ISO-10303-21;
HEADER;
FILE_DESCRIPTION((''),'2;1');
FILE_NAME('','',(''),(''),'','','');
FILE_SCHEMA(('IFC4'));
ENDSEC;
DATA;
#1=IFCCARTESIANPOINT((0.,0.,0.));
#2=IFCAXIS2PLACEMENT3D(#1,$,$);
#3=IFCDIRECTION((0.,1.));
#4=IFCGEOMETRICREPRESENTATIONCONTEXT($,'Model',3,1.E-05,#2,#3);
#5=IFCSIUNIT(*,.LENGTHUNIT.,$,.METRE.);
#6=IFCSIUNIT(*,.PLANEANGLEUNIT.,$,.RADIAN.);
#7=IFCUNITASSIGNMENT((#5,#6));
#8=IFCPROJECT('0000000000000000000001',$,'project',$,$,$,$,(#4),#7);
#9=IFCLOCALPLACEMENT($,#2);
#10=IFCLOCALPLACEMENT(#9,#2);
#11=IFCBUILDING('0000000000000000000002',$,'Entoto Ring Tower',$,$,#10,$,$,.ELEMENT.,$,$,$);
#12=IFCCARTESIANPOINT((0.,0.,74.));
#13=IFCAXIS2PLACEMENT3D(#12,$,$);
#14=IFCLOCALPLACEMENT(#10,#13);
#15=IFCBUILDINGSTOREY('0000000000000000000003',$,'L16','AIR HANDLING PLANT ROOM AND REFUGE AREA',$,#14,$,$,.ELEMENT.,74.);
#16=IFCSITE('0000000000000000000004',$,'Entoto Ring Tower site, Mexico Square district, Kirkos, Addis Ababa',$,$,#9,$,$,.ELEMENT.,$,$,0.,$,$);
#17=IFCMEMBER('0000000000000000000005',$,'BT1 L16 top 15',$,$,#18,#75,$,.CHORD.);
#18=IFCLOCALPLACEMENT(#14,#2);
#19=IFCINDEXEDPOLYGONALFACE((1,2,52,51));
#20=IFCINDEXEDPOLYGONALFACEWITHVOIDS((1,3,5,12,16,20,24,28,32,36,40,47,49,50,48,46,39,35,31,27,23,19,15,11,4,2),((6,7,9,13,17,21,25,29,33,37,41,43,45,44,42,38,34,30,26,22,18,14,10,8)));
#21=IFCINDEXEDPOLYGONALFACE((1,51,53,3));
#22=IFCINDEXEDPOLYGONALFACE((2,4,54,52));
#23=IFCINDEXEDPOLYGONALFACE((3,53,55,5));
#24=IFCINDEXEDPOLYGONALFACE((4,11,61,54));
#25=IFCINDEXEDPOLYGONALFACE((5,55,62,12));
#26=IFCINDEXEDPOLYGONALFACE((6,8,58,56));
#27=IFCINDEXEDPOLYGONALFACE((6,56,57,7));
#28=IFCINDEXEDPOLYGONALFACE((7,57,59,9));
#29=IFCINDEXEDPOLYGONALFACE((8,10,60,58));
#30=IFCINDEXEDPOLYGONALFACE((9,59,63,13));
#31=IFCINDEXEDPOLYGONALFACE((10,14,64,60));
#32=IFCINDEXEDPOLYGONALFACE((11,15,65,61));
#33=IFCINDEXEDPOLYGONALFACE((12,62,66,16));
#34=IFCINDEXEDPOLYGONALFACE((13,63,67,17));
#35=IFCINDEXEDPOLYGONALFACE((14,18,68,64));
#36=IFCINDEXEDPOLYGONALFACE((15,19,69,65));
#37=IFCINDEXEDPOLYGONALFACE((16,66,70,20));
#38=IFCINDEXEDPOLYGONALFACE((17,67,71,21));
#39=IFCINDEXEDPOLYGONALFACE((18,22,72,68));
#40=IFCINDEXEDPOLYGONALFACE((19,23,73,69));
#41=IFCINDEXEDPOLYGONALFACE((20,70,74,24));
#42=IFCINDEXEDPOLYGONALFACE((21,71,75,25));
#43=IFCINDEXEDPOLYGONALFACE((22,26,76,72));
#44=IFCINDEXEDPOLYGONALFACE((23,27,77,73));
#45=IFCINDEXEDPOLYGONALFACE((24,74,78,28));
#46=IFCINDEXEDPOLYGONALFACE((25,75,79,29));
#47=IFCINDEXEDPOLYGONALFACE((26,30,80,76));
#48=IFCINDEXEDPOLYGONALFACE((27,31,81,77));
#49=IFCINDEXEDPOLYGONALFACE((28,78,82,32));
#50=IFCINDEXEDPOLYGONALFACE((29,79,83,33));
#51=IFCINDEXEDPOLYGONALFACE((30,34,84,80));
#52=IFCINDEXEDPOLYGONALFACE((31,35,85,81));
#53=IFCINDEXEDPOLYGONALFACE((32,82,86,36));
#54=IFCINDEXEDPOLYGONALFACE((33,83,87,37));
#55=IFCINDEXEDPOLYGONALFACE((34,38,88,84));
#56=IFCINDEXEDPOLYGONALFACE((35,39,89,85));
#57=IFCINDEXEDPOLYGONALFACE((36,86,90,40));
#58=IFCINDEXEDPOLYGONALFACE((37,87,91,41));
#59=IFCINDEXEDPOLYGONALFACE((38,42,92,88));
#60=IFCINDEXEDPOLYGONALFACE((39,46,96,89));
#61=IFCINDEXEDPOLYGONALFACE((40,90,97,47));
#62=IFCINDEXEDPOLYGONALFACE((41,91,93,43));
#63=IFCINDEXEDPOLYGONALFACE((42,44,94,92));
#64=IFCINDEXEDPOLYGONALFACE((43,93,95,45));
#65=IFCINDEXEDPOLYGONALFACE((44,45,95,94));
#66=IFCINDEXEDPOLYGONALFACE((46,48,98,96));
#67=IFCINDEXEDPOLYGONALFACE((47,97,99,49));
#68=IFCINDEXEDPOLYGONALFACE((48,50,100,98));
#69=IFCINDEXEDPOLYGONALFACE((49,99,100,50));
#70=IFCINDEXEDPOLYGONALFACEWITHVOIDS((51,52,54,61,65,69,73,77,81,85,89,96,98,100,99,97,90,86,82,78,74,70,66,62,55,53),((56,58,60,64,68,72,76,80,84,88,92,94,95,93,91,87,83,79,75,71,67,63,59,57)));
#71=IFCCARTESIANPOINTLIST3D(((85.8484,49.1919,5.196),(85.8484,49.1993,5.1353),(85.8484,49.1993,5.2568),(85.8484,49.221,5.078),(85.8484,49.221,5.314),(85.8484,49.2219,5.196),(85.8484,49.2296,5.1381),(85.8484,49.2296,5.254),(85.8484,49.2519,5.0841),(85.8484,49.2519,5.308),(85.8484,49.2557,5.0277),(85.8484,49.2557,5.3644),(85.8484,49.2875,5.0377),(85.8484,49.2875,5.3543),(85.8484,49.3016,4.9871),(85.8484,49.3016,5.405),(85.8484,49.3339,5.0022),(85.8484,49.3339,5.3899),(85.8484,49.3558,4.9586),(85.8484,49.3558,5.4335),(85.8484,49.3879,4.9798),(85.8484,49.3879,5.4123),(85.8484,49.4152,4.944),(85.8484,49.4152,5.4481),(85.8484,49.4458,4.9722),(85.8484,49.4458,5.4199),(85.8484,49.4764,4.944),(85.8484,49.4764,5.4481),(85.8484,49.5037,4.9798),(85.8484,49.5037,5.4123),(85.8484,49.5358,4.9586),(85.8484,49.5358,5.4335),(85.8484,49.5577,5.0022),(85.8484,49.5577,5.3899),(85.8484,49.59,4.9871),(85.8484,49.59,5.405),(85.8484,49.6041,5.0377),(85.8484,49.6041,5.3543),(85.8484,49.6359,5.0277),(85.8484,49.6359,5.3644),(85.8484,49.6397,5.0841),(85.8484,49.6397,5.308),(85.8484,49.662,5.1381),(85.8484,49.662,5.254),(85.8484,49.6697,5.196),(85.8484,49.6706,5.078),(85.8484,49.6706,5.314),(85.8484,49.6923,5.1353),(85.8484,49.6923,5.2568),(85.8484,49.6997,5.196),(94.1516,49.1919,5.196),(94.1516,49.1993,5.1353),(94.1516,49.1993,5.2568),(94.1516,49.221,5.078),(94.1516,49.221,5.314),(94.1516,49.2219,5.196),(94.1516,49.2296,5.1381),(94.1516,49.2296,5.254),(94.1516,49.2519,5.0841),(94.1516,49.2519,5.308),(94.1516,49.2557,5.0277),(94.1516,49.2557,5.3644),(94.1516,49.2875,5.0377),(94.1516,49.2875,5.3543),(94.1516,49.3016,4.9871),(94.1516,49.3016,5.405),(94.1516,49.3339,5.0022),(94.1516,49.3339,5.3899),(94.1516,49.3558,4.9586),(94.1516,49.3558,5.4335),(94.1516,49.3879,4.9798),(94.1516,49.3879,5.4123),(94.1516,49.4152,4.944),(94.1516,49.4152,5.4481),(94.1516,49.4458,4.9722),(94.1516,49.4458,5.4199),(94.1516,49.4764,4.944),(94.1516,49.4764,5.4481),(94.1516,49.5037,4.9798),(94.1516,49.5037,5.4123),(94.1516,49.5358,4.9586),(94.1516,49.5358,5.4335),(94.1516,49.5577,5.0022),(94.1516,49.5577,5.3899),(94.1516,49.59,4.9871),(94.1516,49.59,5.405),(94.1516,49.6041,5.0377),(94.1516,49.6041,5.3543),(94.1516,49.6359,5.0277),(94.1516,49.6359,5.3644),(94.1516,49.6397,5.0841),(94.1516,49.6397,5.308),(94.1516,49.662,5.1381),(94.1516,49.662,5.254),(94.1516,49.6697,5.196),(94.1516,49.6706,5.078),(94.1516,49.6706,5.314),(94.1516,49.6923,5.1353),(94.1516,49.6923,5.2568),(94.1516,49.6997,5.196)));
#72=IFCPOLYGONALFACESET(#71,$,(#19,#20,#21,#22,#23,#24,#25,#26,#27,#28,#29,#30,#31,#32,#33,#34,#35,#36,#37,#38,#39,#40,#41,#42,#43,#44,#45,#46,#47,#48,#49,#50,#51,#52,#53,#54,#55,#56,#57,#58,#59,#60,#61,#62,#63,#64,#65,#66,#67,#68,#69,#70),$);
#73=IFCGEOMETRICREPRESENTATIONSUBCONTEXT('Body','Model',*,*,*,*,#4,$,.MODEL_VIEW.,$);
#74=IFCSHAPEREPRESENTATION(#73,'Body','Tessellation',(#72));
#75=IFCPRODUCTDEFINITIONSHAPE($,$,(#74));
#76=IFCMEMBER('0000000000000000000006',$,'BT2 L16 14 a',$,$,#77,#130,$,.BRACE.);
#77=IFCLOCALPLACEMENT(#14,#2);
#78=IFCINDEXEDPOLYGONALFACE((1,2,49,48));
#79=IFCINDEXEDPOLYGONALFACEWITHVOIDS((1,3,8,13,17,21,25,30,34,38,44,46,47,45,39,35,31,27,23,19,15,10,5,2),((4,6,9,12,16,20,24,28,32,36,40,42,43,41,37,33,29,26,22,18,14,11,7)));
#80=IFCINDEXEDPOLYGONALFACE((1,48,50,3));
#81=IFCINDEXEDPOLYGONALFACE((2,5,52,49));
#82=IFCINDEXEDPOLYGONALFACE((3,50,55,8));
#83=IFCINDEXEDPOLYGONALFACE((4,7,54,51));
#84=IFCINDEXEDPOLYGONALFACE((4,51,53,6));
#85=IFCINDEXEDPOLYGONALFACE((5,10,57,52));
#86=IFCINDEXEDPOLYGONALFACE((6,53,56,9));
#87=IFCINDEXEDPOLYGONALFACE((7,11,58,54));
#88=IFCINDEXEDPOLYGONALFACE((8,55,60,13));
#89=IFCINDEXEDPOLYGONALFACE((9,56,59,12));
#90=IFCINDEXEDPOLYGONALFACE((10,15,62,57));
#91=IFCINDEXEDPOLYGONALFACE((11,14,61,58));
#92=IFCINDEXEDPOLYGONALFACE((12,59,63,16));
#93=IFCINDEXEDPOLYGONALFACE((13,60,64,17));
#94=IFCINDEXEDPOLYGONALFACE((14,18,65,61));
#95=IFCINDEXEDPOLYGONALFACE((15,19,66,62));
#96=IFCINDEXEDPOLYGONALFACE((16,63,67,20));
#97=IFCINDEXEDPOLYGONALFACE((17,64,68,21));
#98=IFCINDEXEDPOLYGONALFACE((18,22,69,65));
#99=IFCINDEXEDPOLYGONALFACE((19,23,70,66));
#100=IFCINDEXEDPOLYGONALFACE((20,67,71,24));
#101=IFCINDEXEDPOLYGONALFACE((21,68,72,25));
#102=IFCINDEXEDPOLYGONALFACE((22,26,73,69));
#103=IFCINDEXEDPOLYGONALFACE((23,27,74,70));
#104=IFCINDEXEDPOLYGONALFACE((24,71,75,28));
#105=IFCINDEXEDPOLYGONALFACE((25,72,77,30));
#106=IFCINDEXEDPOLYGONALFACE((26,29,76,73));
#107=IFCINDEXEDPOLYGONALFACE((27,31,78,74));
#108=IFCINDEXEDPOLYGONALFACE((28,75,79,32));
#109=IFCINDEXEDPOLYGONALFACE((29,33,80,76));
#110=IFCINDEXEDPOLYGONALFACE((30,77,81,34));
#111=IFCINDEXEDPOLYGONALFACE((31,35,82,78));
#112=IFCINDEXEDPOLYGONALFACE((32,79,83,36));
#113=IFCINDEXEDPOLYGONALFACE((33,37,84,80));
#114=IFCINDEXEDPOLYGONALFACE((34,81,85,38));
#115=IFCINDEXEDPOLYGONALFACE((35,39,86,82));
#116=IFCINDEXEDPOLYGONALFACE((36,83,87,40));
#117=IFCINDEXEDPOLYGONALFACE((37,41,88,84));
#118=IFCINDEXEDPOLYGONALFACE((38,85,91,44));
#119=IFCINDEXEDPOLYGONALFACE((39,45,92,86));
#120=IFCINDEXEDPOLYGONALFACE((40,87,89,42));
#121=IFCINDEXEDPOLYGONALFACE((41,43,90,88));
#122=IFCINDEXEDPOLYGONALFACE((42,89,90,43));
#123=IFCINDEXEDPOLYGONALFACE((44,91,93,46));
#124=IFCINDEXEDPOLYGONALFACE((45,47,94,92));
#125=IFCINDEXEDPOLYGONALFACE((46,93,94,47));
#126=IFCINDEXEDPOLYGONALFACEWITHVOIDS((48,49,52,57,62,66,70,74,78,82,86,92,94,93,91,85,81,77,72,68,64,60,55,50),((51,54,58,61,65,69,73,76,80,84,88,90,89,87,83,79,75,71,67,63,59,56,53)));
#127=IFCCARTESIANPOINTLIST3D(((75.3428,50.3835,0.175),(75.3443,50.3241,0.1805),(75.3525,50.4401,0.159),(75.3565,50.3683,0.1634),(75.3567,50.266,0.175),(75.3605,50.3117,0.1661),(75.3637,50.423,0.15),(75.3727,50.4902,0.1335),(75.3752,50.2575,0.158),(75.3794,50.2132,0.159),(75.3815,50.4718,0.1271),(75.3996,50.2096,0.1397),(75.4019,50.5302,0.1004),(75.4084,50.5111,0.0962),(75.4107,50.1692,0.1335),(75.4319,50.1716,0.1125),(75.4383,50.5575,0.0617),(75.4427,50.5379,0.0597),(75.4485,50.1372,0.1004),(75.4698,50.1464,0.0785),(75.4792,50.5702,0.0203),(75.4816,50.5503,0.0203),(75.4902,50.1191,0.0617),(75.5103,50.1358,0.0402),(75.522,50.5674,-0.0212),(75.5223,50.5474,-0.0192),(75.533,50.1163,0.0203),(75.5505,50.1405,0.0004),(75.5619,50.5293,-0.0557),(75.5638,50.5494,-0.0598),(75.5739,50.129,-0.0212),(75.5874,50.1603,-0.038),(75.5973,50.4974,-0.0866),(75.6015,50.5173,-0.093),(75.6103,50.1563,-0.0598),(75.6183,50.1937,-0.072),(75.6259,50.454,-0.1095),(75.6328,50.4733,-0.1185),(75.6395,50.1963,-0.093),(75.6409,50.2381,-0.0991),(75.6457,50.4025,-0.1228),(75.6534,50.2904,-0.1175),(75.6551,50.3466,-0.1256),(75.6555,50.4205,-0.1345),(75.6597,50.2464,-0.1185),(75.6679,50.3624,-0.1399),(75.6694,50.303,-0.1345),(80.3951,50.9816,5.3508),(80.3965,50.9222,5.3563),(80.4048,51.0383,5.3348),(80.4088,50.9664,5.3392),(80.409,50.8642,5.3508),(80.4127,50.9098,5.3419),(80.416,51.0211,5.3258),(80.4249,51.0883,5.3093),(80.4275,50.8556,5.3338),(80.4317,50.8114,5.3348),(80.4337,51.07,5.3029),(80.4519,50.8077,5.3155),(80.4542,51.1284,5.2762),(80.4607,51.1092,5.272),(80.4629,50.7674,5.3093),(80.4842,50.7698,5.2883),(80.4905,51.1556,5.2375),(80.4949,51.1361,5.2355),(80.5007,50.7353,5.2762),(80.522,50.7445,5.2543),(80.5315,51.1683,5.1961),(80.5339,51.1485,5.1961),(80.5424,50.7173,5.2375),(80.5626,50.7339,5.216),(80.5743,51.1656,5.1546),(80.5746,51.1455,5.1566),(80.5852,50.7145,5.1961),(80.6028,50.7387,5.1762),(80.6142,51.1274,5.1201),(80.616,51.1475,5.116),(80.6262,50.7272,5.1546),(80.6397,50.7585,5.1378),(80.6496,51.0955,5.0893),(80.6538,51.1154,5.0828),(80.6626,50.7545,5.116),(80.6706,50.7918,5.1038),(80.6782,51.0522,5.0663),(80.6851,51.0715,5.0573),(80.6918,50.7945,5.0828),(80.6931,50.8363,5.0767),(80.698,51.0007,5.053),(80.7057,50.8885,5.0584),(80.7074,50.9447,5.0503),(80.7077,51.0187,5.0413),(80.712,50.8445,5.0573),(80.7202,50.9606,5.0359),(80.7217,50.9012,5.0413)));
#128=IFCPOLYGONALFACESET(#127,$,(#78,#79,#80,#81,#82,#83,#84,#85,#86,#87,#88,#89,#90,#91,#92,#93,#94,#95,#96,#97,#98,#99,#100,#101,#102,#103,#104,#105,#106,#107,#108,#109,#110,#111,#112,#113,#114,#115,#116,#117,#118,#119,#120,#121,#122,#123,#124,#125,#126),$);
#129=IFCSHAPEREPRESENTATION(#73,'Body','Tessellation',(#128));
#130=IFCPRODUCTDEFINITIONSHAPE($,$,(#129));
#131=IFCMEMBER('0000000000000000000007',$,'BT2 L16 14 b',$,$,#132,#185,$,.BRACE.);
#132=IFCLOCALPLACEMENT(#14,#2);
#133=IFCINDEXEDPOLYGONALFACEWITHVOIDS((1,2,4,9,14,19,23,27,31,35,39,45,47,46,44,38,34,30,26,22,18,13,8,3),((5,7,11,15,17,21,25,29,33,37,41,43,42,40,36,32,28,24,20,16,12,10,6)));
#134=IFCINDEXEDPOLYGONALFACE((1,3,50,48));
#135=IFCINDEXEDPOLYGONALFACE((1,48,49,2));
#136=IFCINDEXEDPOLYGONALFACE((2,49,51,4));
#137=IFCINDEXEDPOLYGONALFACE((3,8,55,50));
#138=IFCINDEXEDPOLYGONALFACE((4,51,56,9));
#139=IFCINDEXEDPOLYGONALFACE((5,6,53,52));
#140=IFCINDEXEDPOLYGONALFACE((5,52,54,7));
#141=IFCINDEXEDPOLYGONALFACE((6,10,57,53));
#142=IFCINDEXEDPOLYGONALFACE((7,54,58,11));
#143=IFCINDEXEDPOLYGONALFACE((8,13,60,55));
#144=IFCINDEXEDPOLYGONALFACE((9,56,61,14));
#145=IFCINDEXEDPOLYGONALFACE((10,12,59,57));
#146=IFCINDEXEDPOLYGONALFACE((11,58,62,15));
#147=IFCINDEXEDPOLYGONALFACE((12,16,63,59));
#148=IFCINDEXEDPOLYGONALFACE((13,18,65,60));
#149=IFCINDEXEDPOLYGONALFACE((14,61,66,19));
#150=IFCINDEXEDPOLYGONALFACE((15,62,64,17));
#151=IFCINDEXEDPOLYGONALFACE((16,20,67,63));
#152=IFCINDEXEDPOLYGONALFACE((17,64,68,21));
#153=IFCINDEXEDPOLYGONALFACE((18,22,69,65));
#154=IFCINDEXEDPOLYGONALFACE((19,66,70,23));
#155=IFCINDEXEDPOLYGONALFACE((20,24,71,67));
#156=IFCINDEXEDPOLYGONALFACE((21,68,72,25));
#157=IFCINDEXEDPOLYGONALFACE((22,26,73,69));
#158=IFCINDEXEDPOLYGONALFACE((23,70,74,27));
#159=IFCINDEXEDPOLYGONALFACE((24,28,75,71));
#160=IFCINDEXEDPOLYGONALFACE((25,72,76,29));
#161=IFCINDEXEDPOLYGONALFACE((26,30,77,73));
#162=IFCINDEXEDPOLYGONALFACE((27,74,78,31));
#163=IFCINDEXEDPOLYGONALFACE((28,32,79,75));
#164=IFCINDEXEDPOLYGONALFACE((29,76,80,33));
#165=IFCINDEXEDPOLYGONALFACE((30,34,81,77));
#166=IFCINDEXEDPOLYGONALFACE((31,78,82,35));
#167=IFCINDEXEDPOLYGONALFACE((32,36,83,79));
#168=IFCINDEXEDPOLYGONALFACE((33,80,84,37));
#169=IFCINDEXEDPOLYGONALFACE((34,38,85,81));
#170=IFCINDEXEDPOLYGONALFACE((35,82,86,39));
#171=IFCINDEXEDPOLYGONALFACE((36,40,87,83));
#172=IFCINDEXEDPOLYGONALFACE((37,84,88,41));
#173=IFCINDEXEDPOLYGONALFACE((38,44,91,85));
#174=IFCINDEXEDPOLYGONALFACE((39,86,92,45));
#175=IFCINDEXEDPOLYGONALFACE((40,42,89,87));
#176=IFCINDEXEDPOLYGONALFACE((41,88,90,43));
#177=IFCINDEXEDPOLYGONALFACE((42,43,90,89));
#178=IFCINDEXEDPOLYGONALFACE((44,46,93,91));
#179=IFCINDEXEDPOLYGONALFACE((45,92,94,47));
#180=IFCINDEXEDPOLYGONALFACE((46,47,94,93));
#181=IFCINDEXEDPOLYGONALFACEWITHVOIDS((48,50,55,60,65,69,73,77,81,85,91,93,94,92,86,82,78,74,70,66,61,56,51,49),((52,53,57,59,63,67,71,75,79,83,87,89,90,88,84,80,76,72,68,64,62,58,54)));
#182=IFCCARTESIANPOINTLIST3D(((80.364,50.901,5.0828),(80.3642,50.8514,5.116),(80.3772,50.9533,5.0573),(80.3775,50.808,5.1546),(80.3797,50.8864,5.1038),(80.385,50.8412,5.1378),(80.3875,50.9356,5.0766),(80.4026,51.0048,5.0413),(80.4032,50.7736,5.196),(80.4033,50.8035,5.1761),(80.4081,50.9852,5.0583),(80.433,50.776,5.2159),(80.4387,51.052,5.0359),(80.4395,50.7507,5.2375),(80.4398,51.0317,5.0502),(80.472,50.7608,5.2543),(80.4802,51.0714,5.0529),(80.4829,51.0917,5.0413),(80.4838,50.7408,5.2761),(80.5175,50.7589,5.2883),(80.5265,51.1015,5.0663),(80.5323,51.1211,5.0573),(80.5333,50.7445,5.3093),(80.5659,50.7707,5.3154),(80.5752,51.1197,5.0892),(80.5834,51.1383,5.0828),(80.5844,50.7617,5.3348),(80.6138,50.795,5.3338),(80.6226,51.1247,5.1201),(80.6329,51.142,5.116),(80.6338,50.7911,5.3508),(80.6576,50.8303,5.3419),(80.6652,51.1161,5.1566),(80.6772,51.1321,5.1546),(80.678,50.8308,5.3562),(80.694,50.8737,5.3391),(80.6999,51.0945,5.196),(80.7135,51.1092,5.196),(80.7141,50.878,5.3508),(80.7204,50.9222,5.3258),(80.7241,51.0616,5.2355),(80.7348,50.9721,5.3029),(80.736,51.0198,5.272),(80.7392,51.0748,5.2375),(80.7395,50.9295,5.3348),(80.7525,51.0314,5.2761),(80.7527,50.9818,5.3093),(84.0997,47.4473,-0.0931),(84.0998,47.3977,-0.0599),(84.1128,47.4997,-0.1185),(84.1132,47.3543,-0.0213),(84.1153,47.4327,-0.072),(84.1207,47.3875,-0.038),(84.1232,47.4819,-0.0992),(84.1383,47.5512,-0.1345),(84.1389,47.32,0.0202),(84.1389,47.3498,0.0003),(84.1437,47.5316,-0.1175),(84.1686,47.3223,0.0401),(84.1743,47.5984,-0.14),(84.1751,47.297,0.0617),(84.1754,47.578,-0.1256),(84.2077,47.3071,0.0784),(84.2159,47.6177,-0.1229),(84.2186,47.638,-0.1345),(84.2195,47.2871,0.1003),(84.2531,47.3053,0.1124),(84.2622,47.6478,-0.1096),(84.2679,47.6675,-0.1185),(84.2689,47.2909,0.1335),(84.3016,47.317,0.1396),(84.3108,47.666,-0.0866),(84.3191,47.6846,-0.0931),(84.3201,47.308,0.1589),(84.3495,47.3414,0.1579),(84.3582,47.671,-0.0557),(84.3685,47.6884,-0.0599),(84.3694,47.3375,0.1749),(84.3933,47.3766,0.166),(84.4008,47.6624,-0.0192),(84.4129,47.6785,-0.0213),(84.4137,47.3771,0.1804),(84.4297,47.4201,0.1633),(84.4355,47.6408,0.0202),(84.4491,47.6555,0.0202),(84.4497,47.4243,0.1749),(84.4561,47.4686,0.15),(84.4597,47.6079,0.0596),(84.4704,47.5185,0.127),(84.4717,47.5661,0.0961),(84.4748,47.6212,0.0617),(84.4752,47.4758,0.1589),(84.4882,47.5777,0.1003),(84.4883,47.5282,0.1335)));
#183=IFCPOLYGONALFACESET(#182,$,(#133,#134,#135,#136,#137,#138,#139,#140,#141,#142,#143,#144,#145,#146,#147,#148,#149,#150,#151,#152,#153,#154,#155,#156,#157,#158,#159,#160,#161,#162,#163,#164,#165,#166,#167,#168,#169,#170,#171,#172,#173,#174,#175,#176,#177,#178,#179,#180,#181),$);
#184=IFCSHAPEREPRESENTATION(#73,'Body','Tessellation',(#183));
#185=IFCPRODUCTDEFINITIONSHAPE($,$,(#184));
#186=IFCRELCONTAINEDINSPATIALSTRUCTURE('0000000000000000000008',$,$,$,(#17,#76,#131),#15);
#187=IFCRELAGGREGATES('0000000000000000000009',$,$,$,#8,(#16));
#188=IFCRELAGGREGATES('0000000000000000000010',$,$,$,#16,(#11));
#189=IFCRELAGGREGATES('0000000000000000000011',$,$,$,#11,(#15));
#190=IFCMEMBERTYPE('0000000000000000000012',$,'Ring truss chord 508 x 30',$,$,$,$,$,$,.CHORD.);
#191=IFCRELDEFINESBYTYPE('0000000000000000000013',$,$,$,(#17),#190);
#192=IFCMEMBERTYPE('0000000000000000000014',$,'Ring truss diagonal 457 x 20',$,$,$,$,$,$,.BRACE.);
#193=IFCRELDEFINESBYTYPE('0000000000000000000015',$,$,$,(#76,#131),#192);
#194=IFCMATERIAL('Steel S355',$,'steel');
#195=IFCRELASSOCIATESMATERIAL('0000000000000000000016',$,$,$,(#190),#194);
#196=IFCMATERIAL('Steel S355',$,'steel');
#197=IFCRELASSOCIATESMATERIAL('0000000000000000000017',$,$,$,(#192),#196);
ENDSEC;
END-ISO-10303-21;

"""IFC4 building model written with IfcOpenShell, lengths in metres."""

from ifc_helpers import new_model, si_unit, direction, frame, origin, origin_2d, place, context, subcontext, project, spatial, circle, hollow_circle, extrude, material, material_profile, profile_set, type_object, element, save


model = new_model("IFC4")

# Units and contexts
model_context = context("Model", 3, precision=1e-05, world=origin(), true_north=direction((0.0, 1.0)))
body_context = subcontext(model_context, "Body", "Model", "MODEL_VIEW")
ifc_project = project(units=[si_unit("LENGTHUNIT", "METRE"), si_unit("PLANEANGLEUNIT", "RADIAN")], contexts=[model_context])

# Site, building, storey
site_placement = place(None, origin())
site = spatial("IfcSite", under=ifc_project, at=site_placement, Name="Entoto Ring Tower site, Mexico Square district, Kirkos, Addis Ababa", CompositionType="ELEMENT", RefElevation=0.0)
building_placement = place(site_placement, origin())
building = spatial("IfcBuilding", under=site, at=building_placement, Name="Entoto Ring Tower", CompositionType="ELEMENT")
storey_placement = place(building_placement, frame((0.0, 0.0, 74.0)))
storey = spatial("IfcBuildingStorey", under=building, at=storey_placement, Name="L16", Description="AIR HANDLING PLANT ROOM AND REFUGE AREA", CompositionType="ELEMENT", Elevation=74.0)

# Members
ifc_material_1 = material(Name="Steel S355", Category="steel")
ifc_material_profile_1 = material_profile(ifc_material_1, hollow_circle(Radius=0.2539, WallThickness=0.03, at=origin_2d()), Name="CHS 508 x 30")
ifc_material_2 = material(Name="Concrete C60/75", Category="concrete")
ifc_material_profile_2 = material_profile(ifc_material_2, circle(Radius=0.2241, at=origin_2d()), Name="Concrete C60/75 infill")
ifc_profile_set_1 = profile_set([ifc_material_profile_1, ifc_material_profile_2], Name="Steel S355")
member_type_1 = type_object("IfcMemberType", Name="Ring truss chord 508 x 30", PredefinedType="CHORD", material=ifc_profile_set_1)
member_1_placement = place(storey_placement, frame((85.8484, 49.4458, 5.196), z_axis=(1.0, 0.0, 0.0), x_axis=(0.0, 1.0, 0.0)))
element("IfcMember", 1, at=member_1_placement, inside=storey, type_object=member_type_1, Name="BT1 L16 top 15", PredefinedType="CHORD", context=body_context, shape_type="SweptSolid", body=[
    extrude(hollow_circle(Radius=0.2539, WallThickness=0.03, at=origin_2d()), origin(), (0.0, 0.0, 1.0), 8.3032),
])
ifc_material_3 = material(Name="Steel S355", Category="steel")
ifc_material_profile_3 = material_profile(ifc_material_3, hollow_circle(Radius=0.2285, WallThickness=0.02, at=origin_2d()), Name="CHS 457 x 20")
ifc_material_4 = material(Name="Concrete C60/75", Category="concrete")
ifc_material_profile_4 = material_profile(ifc_material_4, circle(Radius=0.2085, at=origin_2d()), Name="Concrete C60/75 infill")
ifc_profile_set_2 = profile_set([ifc_material_profile_3, ifc_material_profile_4], Name="Steel S355")
member_type_2 = type_object("IfcMemberType", Name="Ring truss diagonal 457 x 20", PredefinedType="BRACE", material=ifc_profile_set_2)
for number, where, z_axis, x_axis, name in (
    (2, (75.5061, 50.3433, 0.0203), (0.696139, 0.082417, 0.713161), (-0.117571, 0.993065, 0.0), "BT2 L16 14 a"),
    (3, (80.5583, 50.9414, 5.196), (0.514724, -0.47587, -0.713166), (0.67885, 0.734277, 0.0), "BT2 L16 14 b"),
):
    element("IfcMember", number, at=place(storey_placement, frame(where, z_axis=z_axis, x_axis=x_axis)), inside=storey, type_object=member_type_2, Name=name, PredefinedType="BRACE", context=body_context, shape_type="SweptSolid", body=[
        extrude(hollow_circle(Radius=0.2285, WallThickness=0.02, at=origin_2d()), origin(), (0.0, 0.0, 1.0), 7.2576),
    ])

save(model, "model.ifc")
